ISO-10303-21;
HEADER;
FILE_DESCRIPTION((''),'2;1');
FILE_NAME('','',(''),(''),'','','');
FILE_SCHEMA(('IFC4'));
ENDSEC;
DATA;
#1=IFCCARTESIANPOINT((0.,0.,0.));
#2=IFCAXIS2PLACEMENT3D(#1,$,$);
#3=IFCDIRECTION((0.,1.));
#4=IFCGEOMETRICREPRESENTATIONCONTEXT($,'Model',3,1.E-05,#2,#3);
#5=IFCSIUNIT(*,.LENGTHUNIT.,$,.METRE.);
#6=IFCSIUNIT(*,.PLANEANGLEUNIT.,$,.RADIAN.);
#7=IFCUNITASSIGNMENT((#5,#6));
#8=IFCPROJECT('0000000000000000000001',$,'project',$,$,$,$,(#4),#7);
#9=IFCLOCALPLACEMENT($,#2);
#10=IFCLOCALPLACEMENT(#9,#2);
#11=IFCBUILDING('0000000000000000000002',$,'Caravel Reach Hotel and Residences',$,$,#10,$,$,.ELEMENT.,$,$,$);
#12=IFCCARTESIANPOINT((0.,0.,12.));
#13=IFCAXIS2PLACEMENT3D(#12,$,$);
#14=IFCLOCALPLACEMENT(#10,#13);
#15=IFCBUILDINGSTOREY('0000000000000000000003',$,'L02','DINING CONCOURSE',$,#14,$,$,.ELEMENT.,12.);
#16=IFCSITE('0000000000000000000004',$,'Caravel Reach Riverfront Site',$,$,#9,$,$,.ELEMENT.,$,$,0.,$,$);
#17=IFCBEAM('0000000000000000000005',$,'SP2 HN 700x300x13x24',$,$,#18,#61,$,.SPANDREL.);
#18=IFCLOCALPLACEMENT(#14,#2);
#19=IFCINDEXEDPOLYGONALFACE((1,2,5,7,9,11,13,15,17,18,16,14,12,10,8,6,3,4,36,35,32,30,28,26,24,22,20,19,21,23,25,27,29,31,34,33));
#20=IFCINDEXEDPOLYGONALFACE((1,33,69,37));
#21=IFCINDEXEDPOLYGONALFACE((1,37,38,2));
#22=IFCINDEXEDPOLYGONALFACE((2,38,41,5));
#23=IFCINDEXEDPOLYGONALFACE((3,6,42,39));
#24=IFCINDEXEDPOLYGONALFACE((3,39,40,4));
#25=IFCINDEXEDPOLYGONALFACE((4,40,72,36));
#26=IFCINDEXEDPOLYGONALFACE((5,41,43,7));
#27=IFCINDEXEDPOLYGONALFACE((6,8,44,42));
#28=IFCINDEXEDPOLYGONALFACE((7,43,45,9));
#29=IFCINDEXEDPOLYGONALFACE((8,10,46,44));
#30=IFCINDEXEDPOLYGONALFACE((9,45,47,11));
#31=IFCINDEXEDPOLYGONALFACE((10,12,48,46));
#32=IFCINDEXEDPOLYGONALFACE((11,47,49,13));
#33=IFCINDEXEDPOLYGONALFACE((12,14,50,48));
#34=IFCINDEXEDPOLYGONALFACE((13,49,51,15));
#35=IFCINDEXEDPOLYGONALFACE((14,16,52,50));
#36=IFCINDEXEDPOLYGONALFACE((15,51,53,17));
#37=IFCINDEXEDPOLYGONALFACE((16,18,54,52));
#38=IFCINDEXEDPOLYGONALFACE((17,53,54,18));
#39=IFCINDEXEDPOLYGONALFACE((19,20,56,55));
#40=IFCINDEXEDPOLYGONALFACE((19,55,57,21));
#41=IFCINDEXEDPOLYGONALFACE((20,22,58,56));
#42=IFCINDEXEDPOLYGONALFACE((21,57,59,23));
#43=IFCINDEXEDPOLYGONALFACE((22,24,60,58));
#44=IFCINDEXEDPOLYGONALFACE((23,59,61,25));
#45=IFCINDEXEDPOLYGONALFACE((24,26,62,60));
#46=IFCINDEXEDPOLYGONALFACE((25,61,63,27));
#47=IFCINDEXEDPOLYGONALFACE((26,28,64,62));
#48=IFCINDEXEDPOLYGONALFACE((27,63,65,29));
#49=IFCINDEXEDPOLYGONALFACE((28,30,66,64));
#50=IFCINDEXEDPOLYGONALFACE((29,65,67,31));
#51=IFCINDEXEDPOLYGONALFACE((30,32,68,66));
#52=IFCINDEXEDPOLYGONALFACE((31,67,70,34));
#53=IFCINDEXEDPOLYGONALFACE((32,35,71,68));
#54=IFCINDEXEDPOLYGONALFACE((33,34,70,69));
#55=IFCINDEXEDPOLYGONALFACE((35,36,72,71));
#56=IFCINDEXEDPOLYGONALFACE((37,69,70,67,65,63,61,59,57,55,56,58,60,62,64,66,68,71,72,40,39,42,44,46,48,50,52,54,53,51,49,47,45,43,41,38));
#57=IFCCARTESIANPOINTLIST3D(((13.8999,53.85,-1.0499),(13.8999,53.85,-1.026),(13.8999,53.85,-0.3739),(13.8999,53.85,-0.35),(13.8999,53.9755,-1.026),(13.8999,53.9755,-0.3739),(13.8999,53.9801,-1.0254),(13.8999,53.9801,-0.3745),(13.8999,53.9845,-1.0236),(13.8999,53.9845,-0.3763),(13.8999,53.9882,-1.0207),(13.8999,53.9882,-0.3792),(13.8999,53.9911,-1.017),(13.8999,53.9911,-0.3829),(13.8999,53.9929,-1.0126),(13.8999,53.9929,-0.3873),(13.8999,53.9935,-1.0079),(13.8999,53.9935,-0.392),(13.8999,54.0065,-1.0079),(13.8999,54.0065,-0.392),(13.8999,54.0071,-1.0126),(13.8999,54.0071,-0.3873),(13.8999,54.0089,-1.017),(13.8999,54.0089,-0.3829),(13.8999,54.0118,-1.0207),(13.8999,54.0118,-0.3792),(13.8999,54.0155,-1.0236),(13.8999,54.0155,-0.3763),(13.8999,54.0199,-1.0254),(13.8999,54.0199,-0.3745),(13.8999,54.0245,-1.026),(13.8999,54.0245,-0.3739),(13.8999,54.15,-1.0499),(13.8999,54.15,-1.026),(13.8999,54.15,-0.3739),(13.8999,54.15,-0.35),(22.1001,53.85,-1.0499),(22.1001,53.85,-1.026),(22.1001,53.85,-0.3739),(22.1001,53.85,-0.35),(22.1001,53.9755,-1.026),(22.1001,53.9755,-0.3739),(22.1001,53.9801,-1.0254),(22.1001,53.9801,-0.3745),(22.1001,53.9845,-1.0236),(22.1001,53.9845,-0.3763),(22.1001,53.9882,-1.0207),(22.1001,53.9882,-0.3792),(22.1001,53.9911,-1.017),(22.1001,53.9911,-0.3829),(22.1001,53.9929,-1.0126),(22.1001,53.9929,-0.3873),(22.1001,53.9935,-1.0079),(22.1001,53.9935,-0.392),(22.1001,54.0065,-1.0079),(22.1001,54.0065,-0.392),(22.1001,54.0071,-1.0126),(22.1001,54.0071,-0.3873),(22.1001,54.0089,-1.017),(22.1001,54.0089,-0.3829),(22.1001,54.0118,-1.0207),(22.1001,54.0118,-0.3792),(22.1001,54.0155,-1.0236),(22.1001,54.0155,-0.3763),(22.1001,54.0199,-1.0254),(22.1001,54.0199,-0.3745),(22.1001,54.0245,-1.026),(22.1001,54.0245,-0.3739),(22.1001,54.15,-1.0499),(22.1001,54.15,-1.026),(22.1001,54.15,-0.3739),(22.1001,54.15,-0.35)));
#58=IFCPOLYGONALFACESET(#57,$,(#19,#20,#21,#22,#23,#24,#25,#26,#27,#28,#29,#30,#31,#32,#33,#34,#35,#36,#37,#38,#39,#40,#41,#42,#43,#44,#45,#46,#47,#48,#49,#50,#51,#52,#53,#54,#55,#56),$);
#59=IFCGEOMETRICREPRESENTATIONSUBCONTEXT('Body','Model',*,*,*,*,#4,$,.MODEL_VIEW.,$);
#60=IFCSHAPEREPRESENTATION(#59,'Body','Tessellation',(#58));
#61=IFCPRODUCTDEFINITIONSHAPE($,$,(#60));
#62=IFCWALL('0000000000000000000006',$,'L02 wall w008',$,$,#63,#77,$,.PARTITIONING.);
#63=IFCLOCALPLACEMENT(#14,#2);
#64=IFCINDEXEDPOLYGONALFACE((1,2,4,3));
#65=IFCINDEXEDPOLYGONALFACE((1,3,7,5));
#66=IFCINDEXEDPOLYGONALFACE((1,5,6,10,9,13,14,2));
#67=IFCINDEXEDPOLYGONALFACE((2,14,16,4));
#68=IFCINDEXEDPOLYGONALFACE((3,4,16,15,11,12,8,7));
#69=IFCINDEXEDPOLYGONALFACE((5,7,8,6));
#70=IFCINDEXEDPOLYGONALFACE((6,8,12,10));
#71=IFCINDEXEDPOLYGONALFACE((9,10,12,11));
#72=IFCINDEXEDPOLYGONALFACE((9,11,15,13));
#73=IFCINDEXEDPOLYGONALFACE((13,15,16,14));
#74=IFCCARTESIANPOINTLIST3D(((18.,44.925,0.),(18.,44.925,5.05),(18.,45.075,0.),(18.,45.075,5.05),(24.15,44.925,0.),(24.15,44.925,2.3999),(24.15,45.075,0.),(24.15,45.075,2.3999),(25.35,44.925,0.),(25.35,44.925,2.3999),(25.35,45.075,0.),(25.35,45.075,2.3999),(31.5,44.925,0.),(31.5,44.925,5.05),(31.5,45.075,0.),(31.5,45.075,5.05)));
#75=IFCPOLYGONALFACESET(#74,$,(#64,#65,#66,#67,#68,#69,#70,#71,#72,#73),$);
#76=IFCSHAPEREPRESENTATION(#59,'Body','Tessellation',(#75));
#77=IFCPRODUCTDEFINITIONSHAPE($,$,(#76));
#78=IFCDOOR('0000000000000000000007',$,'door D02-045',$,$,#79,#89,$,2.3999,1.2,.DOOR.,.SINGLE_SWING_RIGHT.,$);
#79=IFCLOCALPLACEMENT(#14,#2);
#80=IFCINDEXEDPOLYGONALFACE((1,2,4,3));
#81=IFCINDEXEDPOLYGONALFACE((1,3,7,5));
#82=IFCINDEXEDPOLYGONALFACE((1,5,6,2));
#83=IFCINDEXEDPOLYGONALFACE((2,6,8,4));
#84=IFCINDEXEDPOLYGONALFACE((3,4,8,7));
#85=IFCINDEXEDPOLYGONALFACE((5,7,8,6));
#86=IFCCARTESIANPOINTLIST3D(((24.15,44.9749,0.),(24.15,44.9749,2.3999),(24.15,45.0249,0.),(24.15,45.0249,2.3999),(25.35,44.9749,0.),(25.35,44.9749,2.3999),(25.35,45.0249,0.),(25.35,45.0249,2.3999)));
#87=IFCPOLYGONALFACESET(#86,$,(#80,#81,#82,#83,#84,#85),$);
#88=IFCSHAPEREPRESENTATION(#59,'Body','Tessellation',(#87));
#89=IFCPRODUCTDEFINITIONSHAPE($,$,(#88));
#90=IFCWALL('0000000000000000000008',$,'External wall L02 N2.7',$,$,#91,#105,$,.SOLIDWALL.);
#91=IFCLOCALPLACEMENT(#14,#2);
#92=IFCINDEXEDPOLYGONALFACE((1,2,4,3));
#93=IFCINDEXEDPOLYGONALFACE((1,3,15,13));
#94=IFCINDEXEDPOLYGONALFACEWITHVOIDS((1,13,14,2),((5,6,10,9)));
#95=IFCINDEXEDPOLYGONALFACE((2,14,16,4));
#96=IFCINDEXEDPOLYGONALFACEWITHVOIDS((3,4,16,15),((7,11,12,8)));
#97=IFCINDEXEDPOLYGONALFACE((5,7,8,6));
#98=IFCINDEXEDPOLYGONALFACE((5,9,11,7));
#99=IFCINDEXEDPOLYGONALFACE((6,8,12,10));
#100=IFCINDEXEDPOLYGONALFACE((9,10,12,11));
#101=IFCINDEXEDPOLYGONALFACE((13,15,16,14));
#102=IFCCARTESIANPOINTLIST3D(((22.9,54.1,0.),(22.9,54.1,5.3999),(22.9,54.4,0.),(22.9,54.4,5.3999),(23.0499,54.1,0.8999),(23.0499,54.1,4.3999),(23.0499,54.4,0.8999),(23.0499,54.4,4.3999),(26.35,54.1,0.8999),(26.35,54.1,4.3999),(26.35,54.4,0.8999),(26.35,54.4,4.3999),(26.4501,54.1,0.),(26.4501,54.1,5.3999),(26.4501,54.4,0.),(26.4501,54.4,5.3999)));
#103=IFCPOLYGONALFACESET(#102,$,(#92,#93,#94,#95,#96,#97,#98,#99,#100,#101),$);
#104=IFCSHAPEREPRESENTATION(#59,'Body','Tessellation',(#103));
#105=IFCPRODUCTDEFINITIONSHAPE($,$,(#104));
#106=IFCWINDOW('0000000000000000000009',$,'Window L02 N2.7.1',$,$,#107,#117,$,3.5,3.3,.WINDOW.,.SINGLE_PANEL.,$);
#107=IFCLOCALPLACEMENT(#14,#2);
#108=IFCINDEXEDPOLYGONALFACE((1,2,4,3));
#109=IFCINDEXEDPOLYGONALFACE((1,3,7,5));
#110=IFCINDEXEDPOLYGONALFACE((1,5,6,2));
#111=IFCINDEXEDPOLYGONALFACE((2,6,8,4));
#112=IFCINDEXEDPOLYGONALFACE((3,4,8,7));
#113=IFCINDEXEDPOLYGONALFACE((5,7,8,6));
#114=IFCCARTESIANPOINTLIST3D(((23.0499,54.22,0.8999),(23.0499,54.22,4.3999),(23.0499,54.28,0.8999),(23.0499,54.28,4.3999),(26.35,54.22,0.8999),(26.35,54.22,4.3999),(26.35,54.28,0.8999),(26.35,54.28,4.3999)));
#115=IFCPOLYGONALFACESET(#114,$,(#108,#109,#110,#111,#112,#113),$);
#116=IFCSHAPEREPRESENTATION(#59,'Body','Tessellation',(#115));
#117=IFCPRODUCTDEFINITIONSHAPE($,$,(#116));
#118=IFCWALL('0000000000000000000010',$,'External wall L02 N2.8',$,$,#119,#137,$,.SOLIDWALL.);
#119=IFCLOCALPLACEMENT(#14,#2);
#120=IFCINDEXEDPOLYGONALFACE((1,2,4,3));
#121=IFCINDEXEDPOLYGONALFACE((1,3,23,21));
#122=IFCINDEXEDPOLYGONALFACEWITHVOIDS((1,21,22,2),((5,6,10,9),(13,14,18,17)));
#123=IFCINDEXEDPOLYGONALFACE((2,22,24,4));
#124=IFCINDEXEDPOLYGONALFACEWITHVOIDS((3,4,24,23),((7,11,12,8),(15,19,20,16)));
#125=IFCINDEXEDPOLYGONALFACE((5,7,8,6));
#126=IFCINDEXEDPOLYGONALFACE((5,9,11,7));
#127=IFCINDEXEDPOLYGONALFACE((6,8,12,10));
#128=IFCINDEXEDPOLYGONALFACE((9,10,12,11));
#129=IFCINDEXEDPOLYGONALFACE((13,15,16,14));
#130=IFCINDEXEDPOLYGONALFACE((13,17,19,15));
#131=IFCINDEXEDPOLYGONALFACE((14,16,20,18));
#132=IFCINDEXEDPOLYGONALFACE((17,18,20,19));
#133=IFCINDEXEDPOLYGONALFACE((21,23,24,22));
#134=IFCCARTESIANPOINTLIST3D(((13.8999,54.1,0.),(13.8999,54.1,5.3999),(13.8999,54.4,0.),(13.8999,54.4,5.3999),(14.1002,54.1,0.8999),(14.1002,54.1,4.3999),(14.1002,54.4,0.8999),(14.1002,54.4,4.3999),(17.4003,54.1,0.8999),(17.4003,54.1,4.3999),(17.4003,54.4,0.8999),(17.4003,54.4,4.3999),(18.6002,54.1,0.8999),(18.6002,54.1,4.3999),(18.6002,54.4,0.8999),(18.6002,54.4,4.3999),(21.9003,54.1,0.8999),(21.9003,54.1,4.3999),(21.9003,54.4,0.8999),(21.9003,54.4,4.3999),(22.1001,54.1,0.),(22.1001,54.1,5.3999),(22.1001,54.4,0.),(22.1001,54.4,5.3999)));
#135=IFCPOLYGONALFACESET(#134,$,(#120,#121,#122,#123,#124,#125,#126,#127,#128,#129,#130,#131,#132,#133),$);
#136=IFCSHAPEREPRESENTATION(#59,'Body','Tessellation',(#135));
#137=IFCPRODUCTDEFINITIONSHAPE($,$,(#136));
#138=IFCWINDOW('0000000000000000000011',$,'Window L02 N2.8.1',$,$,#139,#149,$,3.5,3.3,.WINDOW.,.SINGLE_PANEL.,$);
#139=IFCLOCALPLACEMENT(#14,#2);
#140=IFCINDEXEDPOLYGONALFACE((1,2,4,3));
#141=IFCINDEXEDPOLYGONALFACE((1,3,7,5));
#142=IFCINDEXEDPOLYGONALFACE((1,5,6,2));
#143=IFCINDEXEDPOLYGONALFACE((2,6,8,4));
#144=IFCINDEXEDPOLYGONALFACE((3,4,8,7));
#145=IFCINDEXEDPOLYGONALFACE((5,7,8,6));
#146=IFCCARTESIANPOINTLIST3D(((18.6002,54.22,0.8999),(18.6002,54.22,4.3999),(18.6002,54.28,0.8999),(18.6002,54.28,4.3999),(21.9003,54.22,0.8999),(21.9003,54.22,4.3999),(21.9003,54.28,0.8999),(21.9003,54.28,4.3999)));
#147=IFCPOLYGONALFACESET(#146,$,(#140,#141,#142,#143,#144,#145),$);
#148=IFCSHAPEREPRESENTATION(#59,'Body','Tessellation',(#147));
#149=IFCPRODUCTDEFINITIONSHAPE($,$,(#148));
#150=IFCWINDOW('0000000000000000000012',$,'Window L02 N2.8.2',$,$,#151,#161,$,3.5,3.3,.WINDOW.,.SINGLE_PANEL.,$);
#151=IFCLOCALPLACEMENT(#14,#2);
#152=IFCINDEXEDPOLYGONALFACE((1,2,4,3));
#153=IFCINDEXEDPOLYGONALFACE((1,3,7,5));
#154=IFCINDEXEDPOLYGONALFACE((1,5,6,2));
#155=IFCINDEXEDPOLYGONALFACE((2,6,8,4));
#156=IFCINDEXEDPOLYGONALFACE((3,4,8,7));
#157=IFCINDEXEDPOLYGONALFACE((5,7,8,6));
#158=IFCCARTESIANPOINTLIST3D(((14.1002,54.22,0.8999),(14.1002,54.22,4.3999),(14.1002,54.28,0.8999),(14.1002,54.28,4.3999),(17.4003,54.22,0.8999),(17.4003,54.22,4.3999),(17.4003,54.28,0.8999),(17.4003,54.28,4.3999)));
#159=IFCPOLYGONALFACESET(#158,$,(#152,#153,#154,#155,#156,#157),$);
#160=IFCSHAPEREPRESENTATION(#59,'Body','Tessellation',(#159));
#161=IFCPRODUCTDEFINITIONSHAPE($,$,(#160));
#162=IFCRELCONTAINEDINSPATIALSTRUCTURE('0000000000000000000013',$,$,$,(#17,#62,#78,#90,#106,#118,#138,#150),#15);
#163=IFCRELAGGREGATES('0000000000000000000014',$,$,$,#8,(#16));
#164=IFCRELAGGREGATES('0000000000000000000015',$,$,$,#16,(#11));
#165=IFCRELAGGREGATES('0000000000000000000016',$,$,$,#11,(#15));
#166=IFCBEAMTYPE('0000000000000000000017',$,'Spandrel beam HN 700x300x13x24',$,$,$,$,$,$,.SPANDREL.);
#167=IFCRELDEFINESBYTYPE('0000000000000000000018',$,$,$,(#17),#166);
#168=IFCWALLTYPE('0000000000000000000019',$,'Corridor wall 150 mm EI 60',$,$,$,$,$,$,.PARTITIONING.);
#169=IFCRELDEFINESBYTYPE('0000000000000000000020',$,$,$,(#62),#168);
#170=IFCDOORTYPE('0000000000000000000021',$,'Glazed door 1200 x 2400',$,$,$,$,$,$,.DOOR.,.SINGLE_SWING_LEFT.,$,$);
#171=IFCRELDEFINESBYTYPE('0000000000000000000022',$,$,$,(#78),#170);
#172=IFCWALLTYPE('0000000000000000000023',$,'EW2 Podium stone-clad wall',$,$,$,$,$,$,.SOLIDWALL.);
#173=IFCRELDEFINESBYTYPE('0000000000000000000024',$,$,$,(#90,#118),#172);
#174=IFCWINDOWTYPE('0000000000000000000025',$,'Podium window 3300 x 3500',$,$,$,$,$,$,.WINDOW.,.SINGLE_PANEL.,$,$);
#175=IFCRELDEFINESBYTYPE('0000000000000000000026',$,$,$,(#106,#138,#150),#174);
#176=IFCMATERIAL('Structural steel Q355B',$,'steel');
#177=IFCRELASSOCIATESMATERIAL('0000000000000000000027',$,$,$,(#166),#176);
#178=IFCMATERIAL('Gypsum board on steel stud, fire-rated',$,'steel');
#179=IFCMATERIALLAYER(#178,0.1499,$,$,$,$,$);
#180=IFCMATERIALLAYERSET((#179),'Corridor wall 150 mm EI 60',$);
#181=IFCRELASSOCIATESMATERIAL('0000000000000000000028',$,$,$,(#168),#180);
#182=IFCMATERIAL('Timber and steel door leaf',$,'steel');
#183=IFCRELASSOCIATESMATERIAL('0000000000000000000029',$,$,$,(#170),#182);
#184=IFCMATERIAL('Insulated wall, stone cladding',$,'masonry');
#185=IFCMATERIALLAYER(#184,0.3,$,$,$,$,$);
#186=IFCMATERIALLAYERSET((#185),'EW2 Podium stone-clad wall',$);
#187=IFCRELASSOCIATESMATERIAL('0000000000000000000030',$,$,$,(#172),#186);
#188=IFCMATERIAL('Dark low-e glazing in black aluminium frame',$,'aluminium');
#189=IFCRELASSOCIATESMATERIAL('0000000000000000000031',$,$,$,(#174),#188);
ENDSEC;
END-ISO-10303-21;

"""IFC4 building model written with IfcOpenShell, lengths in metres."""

from ifc_helpers import new_model, si_unit, direction, frame, frame_2d, origin, origin_2d, place, context, subcontext, project, spatial, rectangle, i_section, extrude, material, layer, layer_set, material_profile, profile_set, type_object, element, fill, save


model = new_model("IFC4")

# Units and contexts
model_context = context("Model", 3, precision=1e-05, world=origin(), true_north=direction((0.0, 1.0)))
body_context = subcontext(model_context, "Body", "Model", "MODEL_VIEW")
ifc_project = project(units=[si_unit("LENGTHUNIT", "METRE"), si_unit("PLANEANGLEUNIT", "RADIAN")], contexts=[model_context])

# Site, building, storey
site_placement = place(None, origin())
site = spatial("IfcSite", under=ifc_project, at=site_placement, Name="Caravel Reach Riverfront Site", CompositionType="ELEMENT", RefElevation=0.0)
building_placement = place(site_placement, origin())
building = spatial("IfcBuilding", under=site, at=building_placement, Name="Caravel Reach Hotel and Residences", CompositionType="ELEMENT")
storey_placement = place(building_placement, frame((0.0, 0.0, 12.0)))
storey = spatial("IfcBuildingStorey", under=building, at=storey_placement, Name="L02", Description="DINING CONCOURSE", CompositionType="ELEMENT", Elevation=12.0)

# Beam
ifc_material_1 = material(Name="Structural steel Q355B", Category="steel")
ifc_material_profile_1 = material_profile(ifc_material_1, i_section(OverallWidth=0.3, OverallDepth=0.7, WebThickness=0.0129, FlangeThickness=0.0239, FilletRadius=0.0181, at=origin_2d()), Name="HN 700x300x13x24")
ifc_profile_set_1 = profile_set([ifc_material_profile_1], Name="Structural steel Q355B")
beam_type = type_object("IfcBeamType", Name="Spandrel beam HN 700x300x13x24", PredefinedType="SPANDREL", material=ifc_profile_set_1)
beam_1_placement = place(storey_placement, frame((22.1001, 54.0, -0.7), z_axis=(-1.0, 0.0, 0.0), x_axis=(0.0, -1.0, 0.0)))
element("IfcBeam", 1, at=beam_1_placement, inside=storey, type_object=beam_type, Name="SP2 HN 700x300x13x24", PredefinedType="SPANDREL", context=body_context, shape_type="SweptSolid", body=[
    extrude(i_section(OverallWidth=0.3, OverallDepth=0.7, WebThickness=0.0129, FlangeThickness=0.0239, FilletRadius=0.0181, at=origin_2d()), origin(), (0.0, 0.0, 1.0), 8.2002),
])

# Wall, opening, door
ifc_material_2 = material(Name="Gypsum board on steel stud, fire-rated", Category="steel")
ifc_layer_1 = layer(ifc_material_2, 0.1499)
ifc_layer_set_1 = layer_set([ifc_layer_1], Name="Corridor wall 150 mm EI 60")
wall_type_1 = type_object("IfcWallType", Name="Corridor wall 150 mm EI 60", PredefinedType="PARTITIONING", material=ifc_layer_set_1)
wall_1_placement = place(storey_placement, frame((18.0, 45.0, 0.0), z_axis=(0.0, 0.0, 1.0), x_axis=(1.0, 0.0, 0.0)))
wall_1 = element("IfcWall", 2, at=wall_1_placement, inside=storey, type_object=wall_type_1, Name="L02 wall w008", PredefinedType="PARTITIONING", context=body_context, shape_type="SweptSolid", body=[
    extrude(rectangle(XDim=13.5, YDim=0.1499, at=frame_2d((6.75, 0.0))), origin(), (0.0, 0.0, 1.0), 5.05),
])
opening_1_placement = place(wall_1_placement, frame((6.1499, 0.0, 0.0)))
opening_1 = element("IfcOpeningElement", 3, at=opening_1_placement, cuts=wall_1, PredefinedType="OPENING", context=body_context, shape_type="SweptSolid", body=[
    extrude(rectangle(XDim=1.2, YDim=2.3999, at=frame_2d((0.6001, 1.2))), frame((0.0, 0.085, 0.0), z_axis=(0.0, -1.0, 0.0), x_axis=(1.0, 0.0, 0.0)), (0.0, 0.0, 1.0), 0.1699),
])
ifc_material_3 = material(Name="Timber and steel door leaf", Category="steel")
door_type_1 = type_object("IfcDoorType", Name="Glazed door 1200 x 2400", OperationType="SINGLE_SWING_LEFT", PredefinedType="DOOR", material=ifc_material_3)
door_1_placement = place(opening_1_placement, origin())
door_1 = element("IfcDoor", 4, at=door_1_placement, inside=storey, type_object=door_type_1, Name="door D02-045", OperationType="SINGLE_SWING_RIGHT", OverallHeight=2.3999, OverallWidth=1.2, PredefinedType="DOOR", context=body_context, shape_type="SweptSolid", body=[
    extrude(rectangle(XDim=1.2, YDim=2.3999, at=frame_2d((0.6001, 1.2))), frame((0.0, 0.0249, 0.0), z_axis=(0.0, -1.0, 0.0), x_axis=(1.0, 0.0, 0.0)), (0.0, 0.0, 1.0), 0.05),
])
fill(opening_1, door_1)

# Wall, opening, window
ifc_material_4 = material(Name="Insulated wall, stone cladding", Category="masonry")
ifc_layer_2 = layer(ifc_material_4, 0.3)
ifc_layer_set_2 = layer_set([ifc_layer_2], Name="EW2 Podium stone-clad wall")
wall_type_2 = type_object("IfcWallType", Name="EW2 Podium stone-clad wall", PredefinedType="SOLIDWALL", material=ifc_layer_set_2)
wall_2_placement = place(storey_placement, frame((26.45, 54.25, 0.0), z_axis=(0.0, 0.0, 1.0), x_axis=(-1.0, 0.0, 0.0)))
wall_2 = element("IfcWall", 5, at=wall_2_placement, inside=storey, type_object=wall_type_2, Name="External wall L02 N2.7", PredefinedType="SOLIDWALL", context=body_context, shape_type="SweptSolid", body=[
    extrude(rectangle(XDim=3.55, YDim=0.3, at=frame_2d((1.7749, 0.0))), origin(), (0.0, 0.0, 1.0), 5.3999),
])
opening_2_placement = place(wall_2_placement, frame((0.1001, 0.0, 0.8999)))
opening_2 = element("IfcOpeningElement", 6, at=opening_2_placement, cuts=wall_2, PredefinedType="OPENING", context=body_context, shape_type="SweptSolid", body=[
    extrude(rectangle(XDim=3.3, YDim=3.5, at=frame_2d((1.6499, 1.75))), frame((0.0, 0.1599, 0.0), z_axis=(0.0, -1.0, 0.0), x_axis=(1.0, 0.0, 0.0)), (0.0, 0.0, 1.0), 0.3201),
])
ifc_material_5 = material(Name="Dark low-e glazing in black aluminium frame", Category="aluminium")
window_type = type_object("IfcWindowType", Name="Podium window 3300 x 3500", PartitioningType="SINGLE_PANEL", PredefinedType="WINDOW", material=ifc_material_5)
window_1_placement = place(opening_2_placement, origin())
window_1 = element("IfcWindow", 7, at=window_1_placement, inside=storey, type_object=window_type, Name="Window L02 N2.7.1", OverallHeight=3.5, OverallWidth=3.3, PartitioningType="SINGLE_PANEL", PredefinedType="WINDOW", context=body_context, shape_type="SweptSolid", body=[
    extrude(rectangle(XDim=3.3, YDim=3.5, at=frame_2d((1.6499, 1.75))), frame((0.0, 0.03, 0.0), z_axis=(0.0, -1.0, 0.0), x_axis=(1.0, 0.0, 0.0)), (0.0, 0.0, 1.0), 0.0601),
])
fill(opening_2, window_1)

# Wall, openings, windows
wall_3_placement = place(storey_placement, frame((22.1001, 54.25, 0.0), z_axis=(0.0, 0.0, 1.0), x_axis=(-1.0, 0.0, 0.0)))
wall_3 = element("IfcWall", 8, at=wall_3_placement, inside=storey, type_object=wall_type_2, Name="External wall L02 N2.8", PredefinedType="SOLIDWALL", context=body_context, shape_type="SweptSolid", body=[
    extrude(rectangle(XDim=8.2002, YDim=0.3, at=frame_2d((4.1001, 0.0))), origin(), (0.0, 0.0, 1.0), 5.3999),
])
opening_3_placement = place(wall_3_placement, frame((0.2, 0.0, 0.8999)))
opening_3 = element("IfcOpeningElement", 9, at=opening_3_placement, cuts=wall_3, PredefinedType="OPENING", context=body_context, shape_type="SweptSolid", body=[
    extrude(rectangle(XDim=3.3, YDim=3.5, at=frame_2d((1.6499, 1.75))), frame((0.0, 0.1599, 0.0), z_axis=(0.0, -1.0, 0.0), x_axis=(1.0, 0.0, 0.0)), (0.0, 0.0, 1.0), 0.3201),
])
opening_4_placement = place(wall_3_placement, frame((4.7, 0.0, 0.8999)))
opening_4 = element("IfcOpeningElement", 10, at=opening_4_placement, cuts=wall_3, PredefinedType="OPENING", context=body_context, shape_type="SweptSolid", body=[
    extrude(rectangle(XDim=3.3, YDim=3.5, at=frame_2d((1.6499, 1.75))), frame((0.0, 0.1599, 0.0), z_axis=(0.0, -1.0, 0.0), x_axis=(1.0, 0.0, 0.0)), (0.0, 0.0, 1.0), 0.3201),
])
window_2_placement = place(opening_3_placement, origin())
window_2 = element("IfcWindow", 11, at=window_2_placement, inside=storey, type_object=window_type, Name="Window L02 N2.8.1", OverallHeight=3.5, OverallWidth=3.3, PartitioningType="SINGLE_PANEL", PredefinedType="WINDOW", context=body_context, shape_type="SweptSolid", body=[
    extrude(rectangle(XDim=3.3, YDim=3.5, at=frame_2d((1.6499, 1.75))), frame((0.0, 0.03, 0.0), z_axis=(0.0, -1.0, 0.0), x_axis=(1.0, 0.0, 0.0)), (0.0, 0.0, 1.0), 0.0601),
])
fill(opening_3, window_2)
window_3_placement = place(opening_4_placement, origin())
window_3 = element("IfcWindow", 12, at=window_3_placement, inside=storey, type_object=window_type, Name="Window L02 N2.8.2", OverallHeight=3.5, OverallWidth=3.3, PartitioningType="SINGLE_PANEL", PredefinedType="WINDOW", context=body_context, shape_type="SweptSolid", body=[
    extrude(rectangle(XDim=3.3, YDim=3.5, at=frame_2d((1.6499, 1.75))), frame((0.0, 0.03, 0.0), z_axis=(0.0, -1.0, 0.0), x_axis=(1.0, 0.0, 0.0)), (0.0, 0.0, 1.0), 0.0601),
])
fill(opening_4, window_3)

save(model, "model.ifc")
